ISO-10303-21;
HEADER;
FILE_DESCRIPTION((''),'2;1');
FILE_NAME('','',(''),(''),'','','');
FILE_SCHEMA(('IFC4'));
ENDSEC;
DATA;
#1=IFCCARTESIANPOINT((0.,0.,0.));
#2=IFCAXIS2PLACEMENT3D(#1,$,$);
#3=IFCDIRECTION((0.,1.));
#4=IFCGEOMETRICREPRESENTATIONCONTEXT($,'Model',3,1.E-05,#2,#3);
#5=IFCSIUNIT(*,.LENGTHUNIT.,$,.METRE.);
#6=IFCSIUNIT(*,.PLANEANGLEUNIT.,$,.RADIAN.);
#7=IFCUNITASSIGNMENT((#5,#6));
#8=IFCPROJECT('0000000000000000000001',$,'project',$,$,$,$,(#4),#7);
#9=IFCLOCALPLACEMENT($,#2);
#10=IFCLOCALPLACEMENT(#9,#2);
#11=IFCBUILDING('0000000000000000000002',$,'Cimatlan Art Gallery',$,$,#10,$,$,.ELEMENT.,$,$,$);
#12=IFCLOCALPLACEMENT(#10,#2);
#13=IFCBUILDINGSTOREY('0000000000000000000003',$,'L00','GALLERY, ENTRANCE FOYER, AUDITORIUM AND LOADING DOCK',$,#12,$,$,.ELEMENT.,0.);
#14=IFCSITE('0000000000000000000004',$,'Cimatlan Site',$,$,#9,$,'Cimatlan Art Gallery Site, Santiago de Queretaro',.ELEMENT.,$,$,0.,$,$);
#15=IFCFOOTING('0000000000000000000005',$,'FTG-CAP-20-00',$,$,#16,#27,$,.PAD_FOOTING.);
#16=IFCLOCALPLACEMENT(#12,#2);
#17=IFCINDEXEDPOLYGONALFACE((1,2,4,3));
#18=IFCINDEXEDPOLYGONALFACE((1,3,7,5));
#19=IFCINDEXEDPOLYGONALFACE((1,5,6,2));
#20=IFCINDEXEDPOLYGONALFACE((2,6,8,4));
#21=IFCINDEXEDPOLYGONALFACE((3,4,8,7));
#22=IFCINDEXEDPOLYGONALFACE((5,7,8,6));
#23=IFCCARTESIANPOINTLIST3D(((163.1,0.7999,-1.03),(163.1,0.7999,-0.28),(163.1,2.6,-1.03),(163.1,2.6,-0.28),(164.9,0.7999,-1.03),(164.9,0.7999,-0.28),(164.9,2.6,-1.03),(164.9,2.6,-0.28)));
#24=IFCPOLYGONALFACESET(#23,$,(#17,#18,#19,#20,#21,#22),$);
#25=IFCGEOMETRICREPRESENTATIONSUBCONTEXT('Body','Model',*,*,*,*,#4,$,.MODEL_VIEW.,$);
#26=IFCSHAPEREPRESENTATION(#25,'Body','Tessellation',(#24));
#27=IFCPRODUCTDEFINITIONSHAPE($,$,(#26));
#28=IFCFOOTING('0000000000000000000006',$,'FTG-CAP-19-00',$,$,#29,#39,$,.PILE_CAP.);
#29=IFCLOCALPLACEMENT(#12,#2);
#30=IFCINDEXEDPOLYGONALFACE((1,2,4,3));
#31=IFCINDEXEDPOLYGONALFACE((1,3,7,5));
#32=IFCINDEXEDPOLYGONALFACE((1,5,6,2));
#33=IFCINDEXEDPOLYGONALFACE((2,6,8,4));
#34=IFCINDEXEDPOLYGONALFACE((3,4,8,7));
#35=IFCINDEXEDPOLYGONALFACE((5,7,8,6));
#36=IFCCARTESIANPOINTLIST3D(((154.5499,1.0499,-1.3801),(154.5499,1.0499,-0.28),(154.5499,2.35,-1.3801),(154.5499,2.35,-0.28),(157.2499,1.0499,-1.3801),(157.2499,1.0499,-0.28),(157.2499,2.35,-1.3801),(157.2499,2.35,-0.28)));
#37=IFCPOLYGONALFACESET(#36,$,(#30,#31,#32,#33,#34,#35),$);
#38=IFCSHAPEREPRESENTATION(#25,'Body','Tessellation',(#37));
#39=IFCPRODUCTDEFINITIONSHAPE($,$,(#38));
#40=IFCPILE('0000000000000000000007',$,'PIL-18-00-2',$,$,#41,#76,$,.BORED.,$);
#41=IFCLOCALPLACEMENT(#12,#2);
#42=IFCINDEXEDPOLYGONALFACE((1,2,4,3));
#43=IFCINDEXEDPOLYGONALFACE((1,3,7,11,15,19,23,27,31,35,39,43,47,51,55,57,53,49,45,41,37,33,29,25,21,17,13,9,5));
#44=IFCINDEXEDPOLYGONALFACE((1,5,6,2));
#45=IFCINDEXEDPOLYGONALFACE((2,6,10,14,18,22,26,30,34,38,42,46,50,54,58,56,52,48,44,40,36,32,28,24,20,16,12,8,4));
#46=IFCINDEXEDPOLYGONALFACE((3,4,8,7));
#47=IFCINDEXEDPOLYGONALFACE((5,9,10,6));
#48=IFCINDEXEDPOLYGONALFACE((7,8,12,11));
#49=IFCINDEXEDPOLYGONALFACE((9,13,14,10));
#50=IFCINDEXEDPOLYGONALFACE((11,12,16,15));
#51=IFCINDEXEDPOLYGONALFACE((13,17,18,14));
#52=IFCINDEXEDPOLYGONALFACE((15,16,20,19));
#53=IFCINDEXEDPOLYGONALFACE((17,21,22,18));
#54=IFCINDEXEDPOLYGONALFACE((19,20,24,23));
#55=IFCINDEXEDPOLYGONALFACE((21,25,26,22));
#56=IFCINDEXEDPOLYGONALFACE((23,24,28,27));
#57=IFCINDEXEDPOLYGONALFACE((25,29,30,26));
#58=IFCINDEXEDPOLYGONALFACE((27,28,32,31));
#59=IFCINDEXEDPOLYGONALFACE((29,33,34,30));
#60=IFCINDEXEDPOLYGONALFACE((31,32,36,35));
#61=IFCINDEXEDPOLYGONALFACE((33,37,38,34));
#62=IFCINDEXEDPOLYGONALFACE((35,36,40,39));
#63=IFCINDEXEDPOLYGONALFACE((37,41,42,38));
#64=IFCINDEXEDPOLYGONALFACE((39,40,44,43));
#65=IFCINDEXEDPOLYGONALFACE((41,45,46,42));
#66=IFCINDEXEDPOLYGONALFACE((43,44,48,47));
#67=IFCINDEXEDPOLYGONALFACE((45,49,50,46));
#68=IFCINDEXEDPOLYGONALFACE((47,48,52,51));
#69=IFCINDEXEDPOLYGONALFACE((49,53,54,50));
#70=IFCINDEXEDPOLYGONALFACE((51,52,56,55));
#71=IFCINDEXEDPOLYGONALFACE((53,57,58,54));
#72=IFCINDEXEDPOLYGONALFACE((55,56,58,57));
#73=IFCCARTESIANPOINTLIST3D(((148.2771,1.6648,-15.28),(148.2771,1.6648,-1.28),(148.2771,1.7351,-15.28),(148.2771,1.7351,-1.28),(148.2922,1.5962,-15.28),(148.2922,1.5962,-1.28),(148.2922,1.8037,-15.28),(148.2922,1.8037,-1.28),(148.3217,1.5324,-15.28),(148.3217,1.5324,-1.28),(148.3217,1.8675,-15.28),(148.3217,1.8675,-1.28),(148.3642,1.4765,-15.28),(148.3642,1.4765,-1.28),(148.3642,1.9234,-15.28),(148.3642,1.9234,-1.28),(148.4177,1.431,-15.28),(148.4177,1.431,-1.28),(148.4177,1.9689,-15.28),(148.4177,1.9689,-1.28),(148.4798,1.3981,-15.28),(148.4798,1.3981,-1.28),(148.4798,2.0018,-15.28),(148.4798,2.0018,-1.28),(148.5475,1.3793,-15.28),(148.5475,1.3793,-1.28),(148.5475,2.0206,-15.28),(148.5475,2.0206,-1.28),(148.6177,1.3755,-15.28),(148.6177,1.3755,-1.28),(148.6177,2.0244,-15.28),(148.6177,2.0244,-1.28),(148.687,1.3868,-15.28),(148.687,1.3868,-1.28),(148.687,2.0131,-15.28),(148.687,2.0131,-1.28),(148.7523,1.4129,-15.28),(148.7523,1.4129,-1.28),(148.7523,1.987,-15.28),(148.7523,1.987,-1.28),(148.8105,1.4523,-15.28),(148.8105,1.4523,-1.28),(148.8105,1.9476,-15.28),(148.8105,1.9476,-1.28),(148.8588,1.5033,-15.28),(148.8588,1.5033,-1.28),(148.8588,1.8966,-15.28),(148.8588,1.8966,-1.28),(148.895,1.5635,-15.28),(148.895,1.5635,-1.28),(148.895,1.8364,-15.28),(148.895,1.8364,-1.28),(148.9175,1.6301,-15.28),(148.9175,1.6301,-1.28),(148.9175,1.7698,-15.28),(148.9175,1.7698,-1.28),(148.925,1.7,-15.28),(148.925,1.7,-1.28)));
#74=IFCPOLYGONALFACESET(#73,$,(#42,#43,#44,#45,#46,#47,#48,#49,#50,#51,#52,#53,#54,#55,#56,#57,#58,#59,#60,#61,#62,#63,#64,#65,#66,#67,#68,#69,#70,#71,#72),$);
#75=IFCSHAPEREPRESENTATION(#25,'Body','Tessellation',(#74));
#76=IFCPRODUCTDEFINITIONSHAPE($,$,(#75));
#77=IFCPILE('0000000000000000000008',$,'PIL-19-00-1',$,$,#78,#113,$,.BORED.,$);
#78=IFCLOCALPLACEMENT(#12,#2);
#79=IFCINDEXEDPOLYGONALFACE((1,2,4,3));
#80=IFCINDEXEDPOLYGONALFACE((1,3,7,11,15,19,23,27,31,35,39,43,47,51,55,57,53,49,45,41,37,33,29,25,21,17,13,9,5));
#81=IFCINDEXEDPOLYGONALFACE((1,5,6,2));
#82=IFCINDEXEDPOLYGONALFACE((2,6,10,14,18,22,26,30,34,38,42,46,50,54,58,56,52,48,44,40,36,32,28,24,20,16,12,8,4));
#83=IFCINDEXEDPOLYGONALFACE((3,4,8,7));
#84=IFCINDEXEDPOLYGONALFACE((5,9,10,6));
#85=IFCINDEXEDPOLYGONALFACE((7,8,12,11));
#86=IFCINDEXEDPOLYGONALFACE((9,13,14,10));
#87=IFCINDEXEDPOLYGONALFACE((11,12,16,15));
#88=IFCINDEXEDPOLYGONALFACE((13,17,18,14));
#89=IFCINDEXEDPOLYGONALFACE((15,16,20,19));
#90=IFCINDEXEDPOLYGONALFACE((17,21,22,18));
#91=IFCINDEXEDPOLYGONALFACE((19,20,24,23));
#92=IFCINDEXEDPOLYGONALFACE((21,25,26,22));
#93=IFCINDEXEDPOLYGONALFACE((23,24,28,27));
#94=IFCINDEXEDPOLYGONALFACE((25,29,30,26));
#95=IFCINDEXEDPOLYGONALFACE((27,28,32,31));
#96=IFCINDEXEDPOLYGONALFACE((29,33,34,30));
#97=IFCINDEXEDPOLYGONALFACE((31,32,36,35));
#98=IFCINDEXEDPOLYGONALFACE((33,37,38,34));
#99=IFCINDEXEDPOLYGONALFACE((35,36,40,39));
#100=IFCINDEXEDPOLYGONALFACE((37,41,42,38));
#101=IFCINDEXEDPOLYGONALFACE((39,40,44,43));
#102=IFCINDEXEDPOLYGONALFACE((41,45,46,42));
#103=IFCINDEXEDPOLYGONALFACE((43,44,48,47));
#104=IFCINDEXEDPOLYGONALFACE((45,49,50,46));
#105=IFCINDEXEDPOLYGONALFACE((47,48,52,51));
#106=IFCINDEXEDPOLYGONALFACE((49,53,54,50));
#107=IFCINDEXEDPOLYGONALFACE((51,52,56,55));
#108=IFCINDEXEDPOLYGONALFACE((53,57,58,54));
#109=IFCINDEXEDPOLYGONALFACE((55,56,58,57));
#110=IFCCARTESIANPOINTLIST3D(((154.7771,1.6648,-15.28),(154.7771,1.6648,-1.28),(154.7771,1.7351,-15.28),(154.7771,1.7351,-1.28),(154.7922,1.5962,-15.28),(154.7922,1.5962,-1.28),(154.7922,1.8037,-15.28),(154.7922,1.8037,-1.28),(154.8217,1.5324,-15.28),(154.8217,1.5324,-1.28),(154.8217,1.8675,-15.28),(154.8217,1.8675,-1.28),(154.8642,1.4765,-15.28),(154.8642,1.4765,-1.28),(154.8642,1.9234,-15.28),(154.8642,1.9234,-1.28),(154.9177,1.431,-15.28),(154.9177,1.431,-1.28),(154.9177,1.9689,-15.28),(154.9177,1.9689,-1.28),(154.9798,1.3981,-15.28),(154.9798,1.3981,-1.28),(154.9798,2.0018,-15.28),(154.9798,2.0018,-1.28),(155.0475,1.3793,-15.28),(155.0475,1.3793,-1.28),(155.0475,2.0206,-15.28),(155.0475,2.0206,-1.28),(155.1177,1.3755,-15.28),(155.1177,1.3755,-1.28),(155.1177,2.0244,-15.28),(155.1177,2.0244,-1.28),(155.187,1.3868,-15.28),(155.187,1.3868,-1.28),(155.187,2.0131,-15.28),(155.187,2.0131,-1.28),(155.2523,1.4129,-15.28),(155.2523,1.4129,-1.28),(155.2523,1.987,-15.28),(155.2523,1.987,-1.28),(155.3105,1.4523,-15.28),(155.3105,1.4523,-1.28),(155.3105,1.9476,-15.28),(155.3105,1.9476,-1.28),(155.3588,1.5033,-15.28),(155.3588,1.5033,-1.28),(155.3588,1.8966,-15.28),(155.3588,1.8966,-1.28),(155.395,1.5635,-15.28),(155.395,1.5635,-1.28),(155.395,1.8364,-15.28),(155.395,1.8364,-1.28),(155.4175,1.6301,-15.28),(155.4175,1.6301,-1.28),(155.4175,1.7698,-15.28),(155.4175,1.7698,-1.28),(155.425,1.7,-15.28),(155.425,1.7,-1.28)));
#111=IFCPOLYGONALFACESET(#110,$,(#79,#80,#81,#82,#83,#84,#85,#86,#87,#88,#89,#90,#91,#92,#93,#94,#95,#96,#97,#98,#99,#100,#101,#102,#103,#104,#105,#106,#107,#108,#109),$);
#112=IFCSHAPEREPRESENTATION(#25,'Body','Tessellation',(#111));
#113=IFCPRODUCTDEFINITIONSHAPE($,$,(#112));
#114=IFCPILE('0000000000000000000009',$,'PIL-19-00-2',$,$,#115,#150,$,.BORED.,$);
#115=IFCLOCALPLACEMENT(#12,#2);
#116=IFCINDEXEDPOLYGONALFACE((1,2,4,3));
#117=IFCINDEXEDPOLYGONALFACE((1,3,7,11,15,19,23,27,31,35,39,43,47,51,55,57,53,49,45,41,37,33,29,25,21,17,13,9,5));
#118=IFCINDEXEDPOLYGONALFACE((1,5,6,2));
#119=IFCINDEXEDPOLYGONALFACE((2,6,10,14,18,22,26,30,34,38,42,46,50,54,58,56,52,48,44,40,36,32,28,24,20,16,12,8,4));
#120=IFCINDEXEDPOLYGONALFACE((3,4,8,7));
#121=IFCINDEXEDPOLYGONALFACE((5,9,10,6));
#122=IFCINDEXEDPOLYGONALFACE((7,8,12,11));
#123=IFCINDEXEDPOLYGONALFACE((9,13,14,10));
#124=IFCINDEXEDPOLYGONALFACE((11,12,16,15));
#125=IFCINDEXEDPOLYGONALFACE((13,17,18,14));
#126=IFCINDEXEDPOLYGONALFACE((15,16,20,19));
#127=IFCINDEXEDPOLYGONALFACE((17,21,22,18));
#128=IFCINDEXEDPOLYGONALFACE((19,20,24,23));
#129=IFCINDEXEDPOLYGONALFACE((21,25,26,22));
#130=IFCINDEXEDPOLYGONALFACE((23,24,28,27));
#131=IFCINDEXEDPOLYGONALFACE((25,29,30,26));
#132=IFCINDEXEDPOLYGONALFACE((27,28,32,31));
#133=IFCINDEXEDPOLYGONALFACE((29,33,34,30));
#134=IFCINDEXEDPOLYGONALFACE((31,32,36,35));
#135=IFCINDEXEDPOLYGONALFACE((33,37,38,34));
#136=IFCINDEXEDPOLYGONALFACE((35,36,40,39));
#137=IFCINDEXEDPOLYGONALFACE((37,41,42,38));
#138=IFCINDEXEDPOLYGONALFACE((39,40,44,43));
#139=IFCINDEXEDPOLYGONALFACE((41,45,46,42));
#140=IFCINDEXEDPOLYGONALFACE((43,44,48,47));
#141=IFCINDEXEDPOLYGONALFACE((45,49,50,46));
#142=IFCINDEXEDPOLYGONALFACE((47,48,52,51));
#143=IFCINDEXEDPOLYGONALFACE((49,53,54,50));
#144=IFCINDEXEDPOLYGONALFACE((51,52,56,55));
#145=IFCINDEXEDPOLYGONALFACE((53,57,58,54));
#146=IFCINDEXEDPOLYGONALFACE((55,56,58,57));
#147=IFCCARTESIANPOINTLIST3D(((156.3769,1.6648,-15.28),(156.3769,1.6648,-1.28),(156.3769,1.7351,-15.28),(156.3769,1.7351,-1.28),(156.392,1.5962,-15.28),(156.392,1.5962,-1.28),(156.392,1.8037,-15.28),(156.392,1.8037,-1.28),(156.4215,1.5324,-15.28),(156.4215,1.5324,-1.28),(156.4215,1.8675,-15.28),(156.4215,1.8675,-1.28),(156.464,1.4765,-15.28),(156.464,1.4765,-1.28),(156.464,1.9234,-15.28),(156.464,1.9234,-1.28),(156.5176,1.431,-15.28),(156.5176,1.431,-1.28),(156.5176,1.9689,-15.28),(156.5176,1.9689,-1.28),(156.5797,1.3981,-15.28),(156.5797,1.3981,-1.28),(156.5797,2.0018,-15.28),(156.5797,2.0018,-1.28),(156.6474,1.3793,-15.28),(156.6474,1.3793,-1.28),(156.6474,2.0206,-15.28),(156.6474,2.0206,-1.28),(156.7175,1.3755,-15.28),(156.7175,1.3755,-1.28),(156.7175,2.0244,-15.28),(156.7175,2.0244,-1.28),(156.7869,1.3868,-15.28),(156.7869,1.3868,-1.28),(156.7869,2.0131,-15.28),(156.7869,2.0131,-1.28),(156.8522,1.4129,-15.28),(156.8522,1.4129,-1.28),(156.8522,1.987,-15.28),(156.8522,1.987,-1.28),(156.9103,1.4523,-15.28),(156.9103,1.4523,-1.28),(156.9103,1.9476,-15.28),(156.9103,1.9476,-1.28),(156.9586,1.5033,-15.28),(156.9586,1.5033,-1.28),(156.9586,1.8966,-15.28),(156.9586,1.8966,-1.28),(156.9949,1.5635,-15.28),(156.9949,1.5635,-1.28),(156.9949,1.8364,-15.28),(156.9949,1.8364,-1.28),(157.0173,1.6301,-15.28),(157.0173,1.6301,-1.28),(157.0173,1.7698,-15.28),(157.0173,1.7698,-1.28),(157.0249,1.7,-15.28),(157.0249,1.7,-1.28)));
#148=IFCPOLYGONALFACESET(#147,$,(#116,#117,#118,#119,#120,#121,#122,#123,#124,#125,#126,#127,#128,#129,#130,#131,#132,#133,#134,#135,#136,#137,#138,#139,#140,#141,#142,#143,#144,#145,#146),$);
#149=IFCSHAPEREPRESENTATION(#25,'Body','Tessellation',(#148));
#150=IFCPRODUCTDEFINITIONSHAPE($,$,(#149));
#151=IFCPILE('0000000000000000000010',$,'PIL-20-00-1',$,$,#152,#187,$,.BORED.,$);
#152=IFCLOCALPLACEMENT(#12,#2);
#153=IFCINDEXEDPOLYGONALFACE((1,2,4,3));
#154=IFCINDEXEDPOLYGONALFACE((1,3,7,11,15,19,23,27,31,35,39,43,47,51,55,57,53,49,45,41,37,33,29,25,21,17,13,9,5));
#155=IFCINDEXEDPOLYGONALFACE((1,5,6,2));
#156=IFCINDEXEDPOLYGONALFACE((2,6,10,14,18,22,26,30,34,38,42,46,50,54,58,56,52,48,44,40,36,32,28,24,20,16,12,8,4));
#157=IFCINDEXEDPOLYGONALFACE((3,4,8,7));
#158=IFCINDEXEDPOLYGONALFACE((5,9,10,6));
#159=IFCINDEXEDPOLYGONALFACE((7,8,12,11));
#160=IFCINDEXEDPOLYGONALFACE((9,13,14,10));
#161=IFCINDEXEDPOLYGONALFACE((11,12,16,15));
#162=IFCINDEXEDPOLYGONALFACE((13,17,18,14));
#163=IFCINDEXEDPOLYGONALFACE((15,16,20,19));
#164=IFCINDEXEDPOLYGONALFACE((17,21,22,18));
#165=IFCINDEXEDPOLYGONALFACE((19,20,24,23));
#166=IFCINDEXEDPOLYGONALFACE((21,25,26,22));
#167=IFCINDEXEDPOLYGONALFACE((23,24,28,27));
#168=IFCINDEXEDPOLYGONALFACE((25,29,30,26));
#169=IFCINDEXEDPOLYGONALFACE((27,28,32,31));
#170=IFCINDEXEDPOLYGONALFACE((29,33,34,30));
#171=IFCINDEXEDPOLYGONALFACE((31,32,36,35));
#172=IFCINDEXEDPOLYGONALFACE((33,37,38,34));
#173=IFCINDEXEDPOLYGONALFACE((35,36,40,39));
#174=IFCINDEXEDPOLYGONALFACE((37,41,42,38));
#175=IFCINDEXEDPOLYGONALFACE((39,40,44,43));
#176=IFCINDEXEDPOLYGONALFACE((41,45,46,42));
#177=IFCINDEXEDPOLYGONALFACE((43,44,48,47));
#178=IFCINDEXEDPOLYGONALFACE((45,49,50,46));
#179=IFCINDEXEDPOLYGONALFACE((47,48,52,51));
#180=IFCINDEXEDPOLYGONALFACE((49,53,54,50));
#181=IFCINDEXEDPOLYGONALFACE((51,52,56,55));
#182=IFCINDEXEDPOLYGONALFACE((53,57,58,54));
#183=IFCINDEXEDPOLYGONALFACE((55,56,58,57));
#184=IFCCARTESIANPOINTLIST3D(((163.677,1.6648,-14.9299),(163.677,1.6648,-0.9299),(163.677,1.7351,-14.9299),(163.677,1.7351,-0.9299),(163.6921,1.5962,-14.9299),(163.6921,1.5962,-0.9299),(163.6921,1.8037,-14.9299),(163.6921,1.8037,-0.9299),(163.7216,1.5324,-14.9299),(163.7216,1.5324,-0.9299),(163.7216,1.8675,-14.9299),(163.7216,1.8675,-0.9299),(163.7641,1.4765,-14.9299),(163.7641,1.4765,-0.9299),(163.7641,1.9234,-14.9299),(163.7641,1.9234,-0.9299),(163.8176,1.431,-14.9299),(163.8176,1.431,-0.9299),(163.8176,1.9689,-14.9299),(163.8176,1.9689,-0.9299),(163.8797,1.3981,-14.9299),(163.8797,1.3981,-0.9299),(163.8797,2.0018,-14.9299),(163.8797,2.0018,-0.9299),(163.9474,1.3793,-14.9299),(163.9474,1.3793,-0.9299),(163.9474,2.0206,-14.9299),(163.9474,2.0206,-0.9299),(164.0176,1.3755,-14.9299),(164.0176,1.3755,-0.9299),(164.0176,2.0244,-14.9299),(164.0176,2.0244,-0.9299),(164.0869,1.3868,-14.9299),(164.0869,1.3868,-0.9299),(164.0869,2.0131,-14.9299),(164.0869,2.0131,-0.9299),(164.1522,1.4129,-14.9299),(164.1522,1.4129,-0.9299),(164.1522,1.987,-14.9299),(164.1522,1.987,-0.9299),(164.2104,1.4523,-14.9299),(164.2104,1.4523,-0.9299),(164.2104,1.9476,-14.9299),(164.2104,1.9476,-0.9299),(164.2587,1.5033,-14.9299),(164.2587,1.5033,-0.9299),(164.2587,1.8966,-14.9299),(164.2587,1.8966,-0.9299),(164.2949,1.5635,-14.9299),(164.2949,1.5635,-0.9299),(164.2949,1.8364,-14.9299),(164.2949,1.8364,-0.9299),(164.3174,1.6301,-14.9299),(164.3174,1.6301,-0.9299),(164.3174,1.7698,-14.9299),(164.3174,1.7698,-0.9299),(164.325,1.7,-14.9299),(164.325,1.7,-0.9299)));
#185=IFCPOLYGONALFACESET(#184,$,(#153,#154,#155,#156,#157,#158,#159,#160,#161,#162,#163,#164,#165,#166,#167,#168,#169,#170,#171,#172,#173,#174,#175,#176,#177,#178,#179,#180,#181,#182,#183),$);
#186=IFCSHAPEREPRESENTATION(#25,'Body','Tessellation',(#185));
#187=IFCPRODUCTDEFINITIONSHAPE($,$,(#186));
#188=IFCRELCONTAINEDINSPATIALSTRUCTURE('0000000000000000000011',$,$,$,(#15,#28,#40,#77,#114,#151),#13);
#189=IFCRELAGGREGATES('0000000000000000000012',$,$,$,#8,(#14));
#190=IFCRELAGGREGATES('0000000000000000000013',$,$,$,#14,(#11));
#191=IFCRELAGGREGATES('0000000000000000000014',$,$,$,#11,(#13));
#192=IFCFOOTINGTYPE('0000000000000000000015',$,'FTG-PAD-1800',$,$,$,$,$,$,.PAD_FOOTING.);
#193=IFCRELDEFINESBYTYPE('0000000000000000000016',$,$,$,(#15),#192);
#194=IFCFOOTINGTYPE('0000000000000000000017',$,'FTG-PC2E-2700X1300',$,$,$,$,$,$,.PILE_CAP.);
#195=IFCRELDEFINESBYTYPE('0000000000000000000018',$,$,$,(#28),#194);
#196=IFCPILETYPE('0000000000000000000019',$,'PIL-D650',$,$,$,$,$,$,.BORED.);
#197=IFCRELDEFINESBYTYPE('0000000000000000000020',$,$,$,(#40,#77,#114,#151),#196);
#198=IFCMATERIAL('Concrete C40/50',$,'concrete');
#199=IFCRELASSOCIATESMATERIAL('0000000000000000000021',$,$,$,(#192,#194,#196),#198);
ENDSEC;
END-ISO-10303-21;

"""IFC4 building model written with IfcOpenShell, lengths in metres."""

from ifc_helpers import new_model, si_unit, direction, frame, origin, origin_2d, place, context, subcontext, project, spatial, rectangle, circle, extrude, material, type_object, element, save


model = new_model("IFC4")

# Units and contexts
model_context = context("Model", 3, precision=1e-05, world=origin(), true_north=direction((0.0, 1.0)))
body_context = subcontext(model_context, "Body", "Model", "MODEL_VIEW")
ifc_project = project(units=[si_unit("LENGTHUNIT", "METRE"), si_unit("PLANEANGLEUNIT", "RADIAN")], contexts=[model_context])

# Site, building, storey
site_placement = place(None, origin())
site = spatial("IfcSite", under=ifc_project, at=site_placement, Name="Cimatlan Site", LongName="Cimatlan Art Gallery Site, Santiago de Queretaro", CompositionType="ELEMENT", RefElevation=0.0)
building_placement = place(site_placement, origin())
building = spatial("IfcBuilding", under=site, at=building_placement, Name="Cimatlan Art Gallery", CompositionType="ELEMENT")
storey_placement = place(building_placement, origin())
storey = spatial("IfcBuildingStorey", under=building, at=storey_placement, Name="L00", Description="GALLERY, ENTRANCE FOYER, AUDITORIUM AND LOADING DOCK", CompositionType="ELEMENT", Elevation=0.0)

# Footings
ifc_material_1 = material(Name="Concrete C40/50", Category="concrete")
footing_type_1 = type_object("IfcFootingType", Name="FTG-PAD-1800", PredefinedType="PAD_FOOTING", material=ifc_material_1)
footing_1_placement = place(storey_placement, frame((164.0, 1.7, -1.03), z_axis=(0.0, 0.0, 1.0), x_axis=(1.0, 0.0, 0.0)))
element("IfcFooting", 1, at=footing_1_placement, inside=storey, type_object=footing_type_1, Name="FTG-CAP-20-00", PredefinedType="PAD_FOOTING", context=body_context, shape_type="SweptSolid", body=[
    extrude(rectangle(XDim=1.8, YDim=1.8, at=origin_2d()), origin(), (0.0, 0.0, 1.0), 0.75),
])
footing_type_2 = type_object("IfcFootingType", Name="FTG-PC2E-2700X1300", PredefinedType="PILE_CAP", material=ifc_material_1)
footing_2_placement = place(storey_placement, frame((155.8999, 1.7, -1.3801), z_axis=(0.0, 0.0, 1.0), x_axis=(1.0, 0.0, 0.0)))
element("IfcFooting", 2, at=footing_2_placement, inside=storey, type_object=footing_type_2, Name="FTG-CAP-19-00", PredefinedType="PILE_CAP", context=body_context, shape_type="SweptSolid", body=[
    extrude(rectangle(XDim=2.7, YDim=1.3, at=origin_2d()), origin(), (0.0, 0.0, 1.0), 1.1001),
])

# Piles
pile_type = type_object("IfcPileType", Name="PIL-D650", PredefinedType="BORED", material=ifc_material_1)
for number, where, z_axis, x_axis, name in (
    (3, (148.6001, 1.7, -1.28), (0.0, 0.0, -1.0), (1.0, 0.0, 0.0), "PIL-18-00-2"),
    (4, (155.1001, 1.7, -1.28), (0.0, 0.0, -1.0), (1.0, 0.0, 0.0), "PIL-19-00-1"),
    (5, (156.7, 1.7, -1.28), (0.0, 0.0, -1.0), (1.0, 0.0, 0.0), "PIL-19-00-2"),
    (6, (164.0, 1.7, -0.9299), (0.0, 0.0, -1.0), (1.0, 0.0, 0.0), "PIL-20-00-1"),
):
    element("IfcPile", number, at=place(storey_placement, frame(where, z_axis=z_axis, x_axis=x_axis)), inside=storey, type_object=pile_type, Name=name, PredefinedType="BORED", context=body_context, shape_type="SweptSolid", body=[
        extrude(circle(Radius=0.325, at=origin_2d()), origin(), (0.0, 0.0, 1.0), 14.0),
    ])

save(model, "model.ifc")
